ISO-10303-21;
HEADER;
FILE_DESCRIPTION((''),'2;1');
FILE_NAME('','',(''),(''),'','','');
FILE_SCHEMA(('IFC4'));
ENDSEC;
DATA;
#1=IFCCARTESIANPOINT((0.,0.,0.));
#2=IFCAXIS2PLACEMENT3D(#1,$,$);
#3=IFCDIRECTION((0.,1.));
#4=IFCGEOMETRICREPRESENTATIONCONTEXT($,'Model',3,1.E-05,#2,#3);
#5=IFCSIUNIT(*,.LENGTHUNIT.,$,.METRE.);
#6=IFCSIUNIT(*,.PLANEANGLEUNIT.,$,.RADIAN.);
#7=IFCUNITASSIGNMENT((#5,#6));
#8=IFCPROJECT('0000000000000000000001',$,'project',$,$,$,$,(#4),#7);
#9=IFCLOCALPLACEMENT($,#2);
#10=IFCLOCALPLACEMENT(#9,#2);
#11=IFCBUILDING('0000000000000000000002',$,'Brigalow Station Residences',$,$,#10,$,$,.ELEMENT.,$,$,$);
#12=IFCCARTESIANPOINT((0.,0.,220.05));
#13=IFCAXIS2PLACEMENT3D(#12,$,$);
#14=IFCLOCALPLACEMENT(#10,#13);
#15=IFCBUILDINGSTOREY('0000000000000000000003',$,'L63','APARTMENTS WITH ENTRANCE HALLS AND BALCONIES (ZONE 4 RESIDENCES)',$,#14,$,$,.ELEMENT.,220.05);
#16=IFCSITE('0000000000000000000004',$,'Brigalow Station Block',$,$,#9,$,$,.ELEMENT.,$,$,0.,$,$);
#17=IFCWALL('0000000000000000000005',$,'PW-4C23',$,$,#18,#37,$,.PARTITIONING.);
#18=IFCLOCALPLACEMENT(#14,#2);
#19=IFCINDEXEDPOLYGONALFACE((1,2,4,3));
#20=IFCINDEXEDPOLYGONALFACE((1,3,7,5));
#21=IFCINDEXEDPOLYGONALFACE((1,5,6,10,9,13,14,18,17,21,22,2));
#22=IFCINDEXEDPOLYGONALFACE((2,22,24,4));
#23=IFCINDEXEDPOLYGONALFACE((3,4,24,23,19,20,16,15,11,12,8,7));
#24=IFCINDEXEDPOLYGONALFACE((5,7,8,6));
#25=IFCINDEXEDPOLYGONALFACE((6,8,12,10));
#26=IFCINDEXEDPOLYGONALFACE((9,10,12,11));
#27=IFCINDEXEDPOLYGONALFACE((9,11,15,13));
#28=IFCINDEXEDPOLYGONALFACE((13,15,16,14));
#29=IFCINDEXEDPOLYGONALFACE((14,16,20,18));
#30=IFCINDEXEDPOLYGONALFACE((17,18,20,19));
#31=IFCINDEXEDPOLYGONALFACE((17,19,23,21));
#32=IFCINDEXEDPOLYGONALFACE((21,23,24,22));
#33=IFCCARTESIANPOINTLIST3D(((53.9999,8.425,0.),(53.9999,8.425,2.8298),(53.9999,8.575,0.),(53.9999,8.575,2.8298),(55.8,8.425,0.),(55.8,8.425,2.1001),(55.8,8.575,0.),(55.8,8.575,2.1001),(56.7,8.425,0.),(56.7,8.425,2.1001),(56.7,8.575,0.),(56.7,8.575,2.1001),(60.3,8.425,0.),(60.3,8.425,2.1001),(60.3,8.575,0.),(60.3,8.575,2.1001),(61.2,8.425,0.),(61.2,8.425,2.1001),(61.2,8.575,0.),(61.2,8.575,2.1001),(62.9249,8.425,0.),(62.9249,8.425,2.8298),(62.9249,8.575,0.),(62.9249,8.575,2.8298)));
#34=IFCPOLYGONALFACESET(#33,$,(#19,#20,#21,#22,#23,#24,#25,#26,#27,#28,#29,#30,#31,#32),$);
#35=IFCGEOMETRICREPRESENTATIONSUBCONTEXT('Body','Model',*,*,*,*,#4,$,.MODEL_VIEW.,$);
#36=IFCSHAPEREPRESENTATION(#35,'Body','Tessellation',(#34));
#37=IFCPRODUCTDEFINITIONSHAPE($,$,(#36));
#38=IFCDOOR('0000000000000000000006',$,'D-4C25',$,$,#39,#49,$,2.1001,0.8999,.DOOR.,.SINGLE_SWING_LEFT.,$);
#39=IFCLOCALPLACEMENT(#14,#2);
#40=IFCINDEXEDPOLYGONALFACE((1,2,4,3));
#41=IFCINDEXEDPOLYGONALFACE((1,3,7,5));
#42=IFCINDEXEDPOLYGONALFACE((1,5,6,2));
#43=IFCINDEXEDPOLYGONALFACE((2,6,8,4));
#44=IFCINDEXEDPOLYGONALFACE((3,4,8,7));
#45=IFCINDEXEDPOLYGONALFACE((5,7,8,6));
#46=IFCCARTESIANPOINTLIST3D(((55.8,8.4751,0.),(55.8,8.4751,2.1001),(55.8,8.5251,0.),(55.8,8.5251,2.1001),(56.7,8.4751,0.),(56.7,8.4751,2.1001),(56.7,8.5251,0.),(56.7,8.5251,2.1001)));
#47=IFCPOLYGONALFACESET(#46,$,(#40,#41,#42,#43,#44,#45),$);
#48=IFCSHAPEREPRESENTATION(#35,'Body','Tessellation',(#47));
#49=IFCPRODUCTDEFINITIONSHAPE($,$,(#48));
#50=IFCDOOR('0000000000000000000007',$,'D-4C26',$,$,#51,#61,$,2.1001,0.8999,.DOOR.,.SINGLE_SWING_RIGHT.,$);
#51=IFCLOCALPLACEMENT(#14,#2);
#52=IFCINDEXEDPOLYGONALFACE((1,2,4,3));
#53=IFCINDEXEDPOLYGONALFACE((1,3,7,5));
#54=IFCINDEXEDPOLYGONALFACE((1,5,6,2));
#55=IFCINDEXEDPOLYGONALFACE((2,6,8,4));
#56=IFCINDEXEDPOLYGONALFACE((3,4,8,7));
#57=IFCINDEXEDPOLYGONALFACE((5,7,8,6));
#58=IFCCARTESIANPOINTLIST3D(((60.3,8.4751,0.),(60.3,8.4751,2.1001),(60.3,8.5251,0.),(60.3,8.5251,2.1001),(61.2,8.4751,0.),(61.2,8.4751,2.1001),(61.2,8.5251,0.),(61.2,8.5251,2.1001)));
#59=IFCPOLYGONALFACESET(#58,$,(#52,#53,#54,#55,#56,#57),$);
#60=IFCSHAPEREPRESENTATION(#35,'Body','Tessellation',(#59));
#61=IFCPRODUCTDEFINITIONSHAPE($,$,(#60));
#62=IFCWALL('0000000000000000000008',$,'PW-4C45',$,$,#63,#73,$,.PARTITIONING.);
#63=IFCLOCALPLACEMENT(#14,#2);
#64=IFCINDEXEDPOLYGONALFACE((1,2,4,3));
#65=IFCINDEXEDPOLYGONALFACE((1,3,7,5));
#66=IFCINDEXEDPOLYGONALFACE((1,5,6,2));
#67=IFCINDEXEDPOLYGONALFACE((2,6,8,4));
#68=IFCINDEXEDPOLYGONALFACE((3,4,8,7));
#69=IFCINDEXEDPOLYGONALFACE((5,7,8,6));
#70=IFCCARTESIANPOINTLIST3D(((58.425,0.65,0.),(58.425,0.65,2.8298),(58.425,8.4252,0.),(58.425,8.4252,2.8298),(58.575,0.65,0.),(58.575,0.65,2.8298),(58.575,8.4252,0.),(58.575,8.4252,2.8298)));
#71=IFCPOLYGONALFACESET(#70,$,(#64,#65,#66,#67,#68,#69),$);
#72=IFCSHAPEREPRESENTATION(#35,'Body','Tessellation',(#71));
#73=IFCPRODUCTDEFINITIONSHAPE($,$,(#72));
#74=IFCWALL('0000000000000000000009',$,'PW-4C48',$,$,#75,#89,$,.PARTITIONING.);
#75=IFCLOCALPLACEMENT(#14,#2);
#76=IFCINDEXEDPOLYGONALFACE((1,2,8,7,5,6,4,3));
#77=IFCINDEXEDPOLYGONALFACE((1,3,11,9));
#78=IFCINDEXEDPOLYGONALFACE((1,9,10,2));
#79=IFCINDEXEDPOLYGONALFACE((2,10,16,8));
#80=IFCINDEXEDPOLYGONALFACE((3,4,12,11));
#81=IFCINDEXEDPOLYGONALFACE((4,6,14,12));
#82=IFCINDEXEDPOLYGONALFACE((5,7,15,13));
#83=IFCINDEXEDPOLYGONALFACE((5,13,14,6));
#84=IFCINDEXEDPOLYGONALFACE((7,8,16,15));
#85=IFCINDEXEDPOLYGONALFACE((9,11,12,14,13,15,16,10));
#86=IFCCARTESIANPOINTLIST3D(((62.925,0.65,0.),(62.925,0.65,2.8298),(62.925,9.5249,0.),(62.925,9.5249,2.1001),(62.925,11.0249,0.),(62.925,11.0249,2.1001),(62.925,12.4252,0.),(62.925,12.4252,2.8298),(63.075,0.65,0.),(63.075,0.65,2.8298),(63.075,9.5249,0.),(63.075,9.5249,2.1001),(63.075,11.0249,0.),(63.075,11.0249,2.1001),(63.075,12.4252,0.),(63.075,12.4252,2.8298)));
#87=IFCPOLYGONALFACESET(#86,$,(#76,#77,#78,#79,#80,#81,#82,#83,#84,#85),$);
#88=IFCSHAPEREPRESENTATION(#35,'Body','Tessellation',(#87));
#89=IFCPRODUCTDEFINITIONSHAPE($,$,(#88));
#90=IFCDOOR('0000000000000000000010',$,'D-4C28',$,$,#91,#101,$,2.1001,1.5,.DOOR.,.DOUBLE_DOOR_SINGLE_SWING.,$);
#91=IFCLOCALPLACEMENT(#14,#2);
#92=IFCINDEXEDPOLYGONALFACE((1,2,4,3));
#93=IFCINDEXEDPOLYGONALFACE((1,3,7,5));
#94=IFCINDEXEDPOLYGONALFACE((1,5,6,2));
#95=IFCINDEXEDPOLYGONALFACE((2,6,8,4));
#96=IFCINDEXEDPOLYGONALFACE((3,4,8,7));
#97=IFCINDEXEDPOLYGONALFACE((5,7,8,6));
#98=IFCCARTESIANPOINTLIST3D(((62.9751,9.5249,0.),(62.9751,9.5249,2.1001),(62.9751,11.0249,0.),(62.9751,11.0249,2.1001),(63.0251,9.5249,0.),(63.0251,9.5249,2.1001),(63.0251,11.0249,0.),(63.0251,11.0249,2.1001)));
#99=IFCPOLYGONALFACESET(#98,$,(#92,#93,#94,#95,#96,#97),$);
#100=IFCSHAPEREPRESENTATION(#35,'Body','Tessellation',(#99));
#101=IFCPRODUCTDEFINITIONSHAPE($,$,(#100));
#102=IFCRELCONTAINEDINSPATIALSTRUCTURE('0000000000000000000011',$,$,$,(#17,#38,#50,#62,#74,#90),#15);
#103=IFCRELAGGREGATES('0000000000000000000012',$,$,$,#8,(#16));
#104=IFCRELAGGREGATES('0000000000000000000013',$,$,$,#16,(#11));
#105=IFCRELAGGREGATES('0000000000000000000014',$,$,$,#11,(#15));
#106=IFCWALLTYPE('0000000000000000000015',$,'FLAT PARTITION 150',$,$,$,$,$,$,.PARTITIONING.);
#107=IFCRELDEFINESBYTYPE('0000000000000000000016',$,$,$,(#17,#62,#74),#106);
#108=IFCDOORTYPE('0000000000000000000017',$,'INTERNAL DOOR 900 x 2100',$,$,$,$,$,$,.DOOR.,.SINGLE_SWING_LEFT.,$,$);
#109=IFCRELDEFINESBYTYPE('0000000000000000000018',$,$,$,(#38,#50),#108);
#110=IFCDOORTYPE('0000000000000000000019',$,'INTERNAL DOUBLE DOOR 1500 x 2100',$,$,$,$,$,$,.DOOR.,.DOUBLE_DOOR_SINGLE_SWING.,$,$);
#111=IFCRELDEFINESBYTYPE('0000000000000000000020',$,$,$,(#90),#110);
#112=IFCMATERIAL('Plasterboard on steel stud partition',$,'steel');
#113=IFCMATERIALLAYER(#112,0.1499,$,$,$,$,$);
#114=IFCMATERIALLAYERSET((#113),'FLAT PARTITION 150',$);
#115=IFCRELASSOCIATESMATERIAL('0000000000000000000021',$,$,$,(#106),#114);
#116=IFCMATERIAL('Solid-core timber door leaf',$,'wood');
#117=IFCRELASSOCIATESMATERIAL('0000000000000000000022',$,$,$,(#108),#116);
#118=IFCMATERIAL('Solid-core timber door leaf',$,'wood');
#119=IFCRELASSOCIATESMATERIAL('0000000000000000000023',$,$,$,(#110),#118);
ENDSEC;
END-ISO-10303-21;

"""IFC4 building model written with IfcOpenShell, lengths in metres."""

from ifc_helpers import new_model, si_unit, direction, frame, frame_2d, origin, place, context, subcontext, project, spatial, rectangle, extrude, material, layer, layer_set, type_object, element, fill, save


model = new_model("IFC4")

# Units and contexts
model_context = context("Model", 3, precision=1e-05, world=origin(), true_north=direction((0.0, 1.0)))
body_context = subcontext(model_context, "Body", "Model", "MODEL_VIEW")
ifc_project = project(units=[si_unit("LENGTHUNIT", "METRE"), si_unit("PLANEANGLEUNIT", "RADIAN")], contexts=[model_context])

# Site, building, storey
site_placement = place(None, origin())
site = spatial("IfcSite", under=ifc_project, at=site_placement, Name="Brigalow Station Block", CompositionType="ELEMENT", RefElevation=0.0)
building_placement = place(site_placement, origin())
building = spatial("IfcBuilding", under=site, at=building_placement, Name="Brigalow Station Residences", CompositionType="ELEMENT")
storey_placement = place(building_placement, frame((0.0, 0.0, 220.05)))
storey = spatial("IfcBuildingStorey", under=building, at=storey_placement, Name="L63", Description="APARTMENTS WITH ENTRANCE HALLS AND BALCONIES (ZONE 4 RESIDENCES)", CompositionType="ELEMENT", Elevation=220.05)

# Wall, openings, doors
ifc_material_1 = material(Name="Plasterboard on steel stud partition", Category="steel")
ifc_layer_1 = layer(ifc_material_1, 0.1499)
ifc_layer_set_1 = layer_set([ifc_layer_1], Name="FLAT PARTITION 150")
wall_type_1 = type_object("IfcWallType", Name="FLAT PARTITION 150", PredefinedType="PARTITIONING", material=ifc_layer_set_1)
wall_1_placement = place(storey_placement, frame((54.0, 8.5, 0.0), z_axis=(0.0, 0.0, 1.0), x_axis=(1.0, 0.0, 0.0)))
wall_1 = element("IfcWall", 1, at=wall_1_placement, inside=storey, type_object=wall_type_1, Name="PW-4C23", PredefinedType="PARTITIONING", context=body_context, shape_type="SweptSolid", body=[
    extrude(rectangle(XDim=8.925, YDim=0.1499, at=frame_2d((4.4624, 0.0))), origin(), (0.0, 0.0, 1.0), 2.8298),
])
opening_1_placement = place(wall_1_placement, frame((1.8, 0.0, 0.0)))
opening_1 = element("IfcOpeningElement", 2, at=opening_1_placement, cuts=wall_1, PredefinedType="OPENING", context=body_context, shape_type="SweptSolid", body=[
    extrude(rectangle(XDim=0.8999, YDim=2.1001, at=frame_2d((0.45, 1.05))), frame((0.0, 0.085, 0.0), z_axis=(0.0, -1.0, 0.0), x_axis=(1.0, 0.0, 0.0)), (0.0, 0.0, 1.0), 0.1699),
])
opening_2_placement = place(wall_1_placement, frame((6.3, 0.0, 0.0)))
opening_2 = element("IfcOpeningElement", 3, at=opening_2_placement, cuts=wall_1, PredefinedType="OPENING", context=body_context, shape_type="SweptSolid", body=[
    extrude(rectangle(XDim=0.8999, YDim=2.1001, at=frame_2d((0.45, 1.05))), frame((0.0, 0.085, 0.0), z_axis=(0.0, -1.0, 0.0), x_axis=(1.0, 0.0, 0.0)), (0.0, 0.0, 1.0), 0.1699),
])
ifc_material_2 = material(Name="Solid-core timber door leaf", Category="wood")
door_type_1 = type_object("IfcDoorType", Name="INTERNAL DOOR 900 x 2100", OperationType="SINGLE_SWING_LEFT", PredefinedType="DOOR", material=ifc_material_2)
door_1_placement = place(opening_1_placement, frame((0.8999, 0.0, 0.0), z_axis=(0.0, 0.0, 1.0), x_axis=(-1.0, 0.0, 0.0)))
door_1 = element("IfcDoor", 4, at=door_1_placement, inside=storey, type_object=door_type_1, Name="D-4C25", OperationType="SINGLE_SWING_LEFT", OverallHeight=2.1001, OverallWidth=0.8999, PredefinedType="DOOR", context=body_context, shape_type="SweptSolid", body=[
    extrude(rectangle(XDim=0.8999, YDim=2.1001, at=frame_2d((0.45, 1.05))), frame((0.0, 0.0249, 0.0), z_axis=(0.0, -1.0, 0.0), x_axis=(1.0, 0.0, 0.0)), (0.0, 0.0, 1.0), 0.05),
])
fill(opening_1, door_1)
door_2_placement = place(opening_2_placement, frame((0.8999, 0.0, 0.0), z_axis=(0.0, 0.0, 1.0), x_axis=(-1.0, 0.0, 0.0)))
door_2 = element("IfcDoor", 5, at=door_2_placement, inside=storey, type_object=door_type_1, Name="D-4C26", OperationType="SINGLE_SWING_RIGHT", OverallHeight=2.1001, OverallWidth=0.8999, PredefinedType="DOOR", context=body_context, shape_type="SweptSolid", body=[
    extrude(rectangle(XDim=0.8999, YDim=2.1001, at=frame_2d((0.45, 1.05))), frame((0.0, 0.0249, 0.0), z_axis=(0.0, -1.0, 0.0), x_axis=(1.0, 0.0, 0.0)), (0.0, 0.0, 1.0), 0.05),
])
fill(opening_2, door_2)

# Wall
wall_2_placement = place(storey_placement, frame((58.5, 0.6499, 0.0), z_axis=(0.0, 0.0, 1.0), x_axis=(0.0, 1.0, 0.0)))
element("IfcWall", 6, at=wall_2_placement, inside=storey, type_object=wall_type_1, Name="PW-4C45", PredefinedType="PARTITIONING", context=body_context, shape_type="SweptSolid", body=[
    extrude(rectangle(XDim=7.7751, YDim=0.1499, at=frame_2d((3.8877, 0.0))), origin(), (0.0, 0.0, 1.0), 2.8298),
])

# Wall, opening, door
wall_3_placement = place(storey_placement, frame((63.0, 0.6499, 0.0), z_axis=(0.0, 0.0, 1.0), x_axis=(0.0, 1.0, 0.0)))
wall_3 = element("IfcWall", 7, at=wall_3_placement, inside=storey, type_object=wall_type_1, Name="PW-4C48", PredefinedType="PARTITIONING", context=body_context, shape_type="SweptSolid", body=[
    extrude(rectangle(XDim=11.7751, YDim=0.1499, at=frame_2d((5.8877, 0.0))), origin(), (0.0, 0.0, 1.0), 2.8298),
])
opening_3_placement = place(wall_3_placement, frame((8.875, 0.0, 0.0)))
opening_3 = element("IfcOpeningElement", 8, at=opening_3_placement, cuts=wall_3, PredefinedType="OPENING", context=body_context, shape_type="SweptSolid", body=[
    extrude(rectangle(XDim=1.5, YDim=2.1001, at=frame_2d((0.75, 1.05))), frame((0.0, 0.085, 0.0), z_axis=(0.0, -1.0, 0.0), x_axis=(1.0, 0.0, 0.0)), (0.0, 0.0, 1.0), 0.1699),
])
ifc_material_3 = material(Name="Solid-core timber door leaf", Category="wood")
door_type_2 = type_object("IfcDoorType", Name="INTERNAL DOUBLE DOOR 1500 x 2100", OperationType="DOUBLE_DOOR_SINGLE_SWING", PredefinedType="DOOR", material=ifc_material_3)
door_3_placement = place(opening_3_placement, origin())
door_3 = element("IfcDoor", 9, at=door_3_placement, inside=storey, type_object=door_type_2, Name="D-4C28", OperationType="DOUBLE_DOOR_SINGLE_SWING", OverallHeight=2.1001, OverallWidth=1.5, PredefinedType="DOOR", context=body_context, shape_type="SweptSolid", body=[
    extrude(rectangle(XDim=1.5, YDim=2.1001, at=frame_2d((0.75, 1.05))), frame((0.0, 0.0249, 0.0), z_axis=(0.0, -1.0, 0.0), x_axis=(1.0, 0.0, 0.0)), (0.0, 0.0, 1.0), 0.05),
])
fill(opening_3, door_3)

save(model, "model.ifc")
